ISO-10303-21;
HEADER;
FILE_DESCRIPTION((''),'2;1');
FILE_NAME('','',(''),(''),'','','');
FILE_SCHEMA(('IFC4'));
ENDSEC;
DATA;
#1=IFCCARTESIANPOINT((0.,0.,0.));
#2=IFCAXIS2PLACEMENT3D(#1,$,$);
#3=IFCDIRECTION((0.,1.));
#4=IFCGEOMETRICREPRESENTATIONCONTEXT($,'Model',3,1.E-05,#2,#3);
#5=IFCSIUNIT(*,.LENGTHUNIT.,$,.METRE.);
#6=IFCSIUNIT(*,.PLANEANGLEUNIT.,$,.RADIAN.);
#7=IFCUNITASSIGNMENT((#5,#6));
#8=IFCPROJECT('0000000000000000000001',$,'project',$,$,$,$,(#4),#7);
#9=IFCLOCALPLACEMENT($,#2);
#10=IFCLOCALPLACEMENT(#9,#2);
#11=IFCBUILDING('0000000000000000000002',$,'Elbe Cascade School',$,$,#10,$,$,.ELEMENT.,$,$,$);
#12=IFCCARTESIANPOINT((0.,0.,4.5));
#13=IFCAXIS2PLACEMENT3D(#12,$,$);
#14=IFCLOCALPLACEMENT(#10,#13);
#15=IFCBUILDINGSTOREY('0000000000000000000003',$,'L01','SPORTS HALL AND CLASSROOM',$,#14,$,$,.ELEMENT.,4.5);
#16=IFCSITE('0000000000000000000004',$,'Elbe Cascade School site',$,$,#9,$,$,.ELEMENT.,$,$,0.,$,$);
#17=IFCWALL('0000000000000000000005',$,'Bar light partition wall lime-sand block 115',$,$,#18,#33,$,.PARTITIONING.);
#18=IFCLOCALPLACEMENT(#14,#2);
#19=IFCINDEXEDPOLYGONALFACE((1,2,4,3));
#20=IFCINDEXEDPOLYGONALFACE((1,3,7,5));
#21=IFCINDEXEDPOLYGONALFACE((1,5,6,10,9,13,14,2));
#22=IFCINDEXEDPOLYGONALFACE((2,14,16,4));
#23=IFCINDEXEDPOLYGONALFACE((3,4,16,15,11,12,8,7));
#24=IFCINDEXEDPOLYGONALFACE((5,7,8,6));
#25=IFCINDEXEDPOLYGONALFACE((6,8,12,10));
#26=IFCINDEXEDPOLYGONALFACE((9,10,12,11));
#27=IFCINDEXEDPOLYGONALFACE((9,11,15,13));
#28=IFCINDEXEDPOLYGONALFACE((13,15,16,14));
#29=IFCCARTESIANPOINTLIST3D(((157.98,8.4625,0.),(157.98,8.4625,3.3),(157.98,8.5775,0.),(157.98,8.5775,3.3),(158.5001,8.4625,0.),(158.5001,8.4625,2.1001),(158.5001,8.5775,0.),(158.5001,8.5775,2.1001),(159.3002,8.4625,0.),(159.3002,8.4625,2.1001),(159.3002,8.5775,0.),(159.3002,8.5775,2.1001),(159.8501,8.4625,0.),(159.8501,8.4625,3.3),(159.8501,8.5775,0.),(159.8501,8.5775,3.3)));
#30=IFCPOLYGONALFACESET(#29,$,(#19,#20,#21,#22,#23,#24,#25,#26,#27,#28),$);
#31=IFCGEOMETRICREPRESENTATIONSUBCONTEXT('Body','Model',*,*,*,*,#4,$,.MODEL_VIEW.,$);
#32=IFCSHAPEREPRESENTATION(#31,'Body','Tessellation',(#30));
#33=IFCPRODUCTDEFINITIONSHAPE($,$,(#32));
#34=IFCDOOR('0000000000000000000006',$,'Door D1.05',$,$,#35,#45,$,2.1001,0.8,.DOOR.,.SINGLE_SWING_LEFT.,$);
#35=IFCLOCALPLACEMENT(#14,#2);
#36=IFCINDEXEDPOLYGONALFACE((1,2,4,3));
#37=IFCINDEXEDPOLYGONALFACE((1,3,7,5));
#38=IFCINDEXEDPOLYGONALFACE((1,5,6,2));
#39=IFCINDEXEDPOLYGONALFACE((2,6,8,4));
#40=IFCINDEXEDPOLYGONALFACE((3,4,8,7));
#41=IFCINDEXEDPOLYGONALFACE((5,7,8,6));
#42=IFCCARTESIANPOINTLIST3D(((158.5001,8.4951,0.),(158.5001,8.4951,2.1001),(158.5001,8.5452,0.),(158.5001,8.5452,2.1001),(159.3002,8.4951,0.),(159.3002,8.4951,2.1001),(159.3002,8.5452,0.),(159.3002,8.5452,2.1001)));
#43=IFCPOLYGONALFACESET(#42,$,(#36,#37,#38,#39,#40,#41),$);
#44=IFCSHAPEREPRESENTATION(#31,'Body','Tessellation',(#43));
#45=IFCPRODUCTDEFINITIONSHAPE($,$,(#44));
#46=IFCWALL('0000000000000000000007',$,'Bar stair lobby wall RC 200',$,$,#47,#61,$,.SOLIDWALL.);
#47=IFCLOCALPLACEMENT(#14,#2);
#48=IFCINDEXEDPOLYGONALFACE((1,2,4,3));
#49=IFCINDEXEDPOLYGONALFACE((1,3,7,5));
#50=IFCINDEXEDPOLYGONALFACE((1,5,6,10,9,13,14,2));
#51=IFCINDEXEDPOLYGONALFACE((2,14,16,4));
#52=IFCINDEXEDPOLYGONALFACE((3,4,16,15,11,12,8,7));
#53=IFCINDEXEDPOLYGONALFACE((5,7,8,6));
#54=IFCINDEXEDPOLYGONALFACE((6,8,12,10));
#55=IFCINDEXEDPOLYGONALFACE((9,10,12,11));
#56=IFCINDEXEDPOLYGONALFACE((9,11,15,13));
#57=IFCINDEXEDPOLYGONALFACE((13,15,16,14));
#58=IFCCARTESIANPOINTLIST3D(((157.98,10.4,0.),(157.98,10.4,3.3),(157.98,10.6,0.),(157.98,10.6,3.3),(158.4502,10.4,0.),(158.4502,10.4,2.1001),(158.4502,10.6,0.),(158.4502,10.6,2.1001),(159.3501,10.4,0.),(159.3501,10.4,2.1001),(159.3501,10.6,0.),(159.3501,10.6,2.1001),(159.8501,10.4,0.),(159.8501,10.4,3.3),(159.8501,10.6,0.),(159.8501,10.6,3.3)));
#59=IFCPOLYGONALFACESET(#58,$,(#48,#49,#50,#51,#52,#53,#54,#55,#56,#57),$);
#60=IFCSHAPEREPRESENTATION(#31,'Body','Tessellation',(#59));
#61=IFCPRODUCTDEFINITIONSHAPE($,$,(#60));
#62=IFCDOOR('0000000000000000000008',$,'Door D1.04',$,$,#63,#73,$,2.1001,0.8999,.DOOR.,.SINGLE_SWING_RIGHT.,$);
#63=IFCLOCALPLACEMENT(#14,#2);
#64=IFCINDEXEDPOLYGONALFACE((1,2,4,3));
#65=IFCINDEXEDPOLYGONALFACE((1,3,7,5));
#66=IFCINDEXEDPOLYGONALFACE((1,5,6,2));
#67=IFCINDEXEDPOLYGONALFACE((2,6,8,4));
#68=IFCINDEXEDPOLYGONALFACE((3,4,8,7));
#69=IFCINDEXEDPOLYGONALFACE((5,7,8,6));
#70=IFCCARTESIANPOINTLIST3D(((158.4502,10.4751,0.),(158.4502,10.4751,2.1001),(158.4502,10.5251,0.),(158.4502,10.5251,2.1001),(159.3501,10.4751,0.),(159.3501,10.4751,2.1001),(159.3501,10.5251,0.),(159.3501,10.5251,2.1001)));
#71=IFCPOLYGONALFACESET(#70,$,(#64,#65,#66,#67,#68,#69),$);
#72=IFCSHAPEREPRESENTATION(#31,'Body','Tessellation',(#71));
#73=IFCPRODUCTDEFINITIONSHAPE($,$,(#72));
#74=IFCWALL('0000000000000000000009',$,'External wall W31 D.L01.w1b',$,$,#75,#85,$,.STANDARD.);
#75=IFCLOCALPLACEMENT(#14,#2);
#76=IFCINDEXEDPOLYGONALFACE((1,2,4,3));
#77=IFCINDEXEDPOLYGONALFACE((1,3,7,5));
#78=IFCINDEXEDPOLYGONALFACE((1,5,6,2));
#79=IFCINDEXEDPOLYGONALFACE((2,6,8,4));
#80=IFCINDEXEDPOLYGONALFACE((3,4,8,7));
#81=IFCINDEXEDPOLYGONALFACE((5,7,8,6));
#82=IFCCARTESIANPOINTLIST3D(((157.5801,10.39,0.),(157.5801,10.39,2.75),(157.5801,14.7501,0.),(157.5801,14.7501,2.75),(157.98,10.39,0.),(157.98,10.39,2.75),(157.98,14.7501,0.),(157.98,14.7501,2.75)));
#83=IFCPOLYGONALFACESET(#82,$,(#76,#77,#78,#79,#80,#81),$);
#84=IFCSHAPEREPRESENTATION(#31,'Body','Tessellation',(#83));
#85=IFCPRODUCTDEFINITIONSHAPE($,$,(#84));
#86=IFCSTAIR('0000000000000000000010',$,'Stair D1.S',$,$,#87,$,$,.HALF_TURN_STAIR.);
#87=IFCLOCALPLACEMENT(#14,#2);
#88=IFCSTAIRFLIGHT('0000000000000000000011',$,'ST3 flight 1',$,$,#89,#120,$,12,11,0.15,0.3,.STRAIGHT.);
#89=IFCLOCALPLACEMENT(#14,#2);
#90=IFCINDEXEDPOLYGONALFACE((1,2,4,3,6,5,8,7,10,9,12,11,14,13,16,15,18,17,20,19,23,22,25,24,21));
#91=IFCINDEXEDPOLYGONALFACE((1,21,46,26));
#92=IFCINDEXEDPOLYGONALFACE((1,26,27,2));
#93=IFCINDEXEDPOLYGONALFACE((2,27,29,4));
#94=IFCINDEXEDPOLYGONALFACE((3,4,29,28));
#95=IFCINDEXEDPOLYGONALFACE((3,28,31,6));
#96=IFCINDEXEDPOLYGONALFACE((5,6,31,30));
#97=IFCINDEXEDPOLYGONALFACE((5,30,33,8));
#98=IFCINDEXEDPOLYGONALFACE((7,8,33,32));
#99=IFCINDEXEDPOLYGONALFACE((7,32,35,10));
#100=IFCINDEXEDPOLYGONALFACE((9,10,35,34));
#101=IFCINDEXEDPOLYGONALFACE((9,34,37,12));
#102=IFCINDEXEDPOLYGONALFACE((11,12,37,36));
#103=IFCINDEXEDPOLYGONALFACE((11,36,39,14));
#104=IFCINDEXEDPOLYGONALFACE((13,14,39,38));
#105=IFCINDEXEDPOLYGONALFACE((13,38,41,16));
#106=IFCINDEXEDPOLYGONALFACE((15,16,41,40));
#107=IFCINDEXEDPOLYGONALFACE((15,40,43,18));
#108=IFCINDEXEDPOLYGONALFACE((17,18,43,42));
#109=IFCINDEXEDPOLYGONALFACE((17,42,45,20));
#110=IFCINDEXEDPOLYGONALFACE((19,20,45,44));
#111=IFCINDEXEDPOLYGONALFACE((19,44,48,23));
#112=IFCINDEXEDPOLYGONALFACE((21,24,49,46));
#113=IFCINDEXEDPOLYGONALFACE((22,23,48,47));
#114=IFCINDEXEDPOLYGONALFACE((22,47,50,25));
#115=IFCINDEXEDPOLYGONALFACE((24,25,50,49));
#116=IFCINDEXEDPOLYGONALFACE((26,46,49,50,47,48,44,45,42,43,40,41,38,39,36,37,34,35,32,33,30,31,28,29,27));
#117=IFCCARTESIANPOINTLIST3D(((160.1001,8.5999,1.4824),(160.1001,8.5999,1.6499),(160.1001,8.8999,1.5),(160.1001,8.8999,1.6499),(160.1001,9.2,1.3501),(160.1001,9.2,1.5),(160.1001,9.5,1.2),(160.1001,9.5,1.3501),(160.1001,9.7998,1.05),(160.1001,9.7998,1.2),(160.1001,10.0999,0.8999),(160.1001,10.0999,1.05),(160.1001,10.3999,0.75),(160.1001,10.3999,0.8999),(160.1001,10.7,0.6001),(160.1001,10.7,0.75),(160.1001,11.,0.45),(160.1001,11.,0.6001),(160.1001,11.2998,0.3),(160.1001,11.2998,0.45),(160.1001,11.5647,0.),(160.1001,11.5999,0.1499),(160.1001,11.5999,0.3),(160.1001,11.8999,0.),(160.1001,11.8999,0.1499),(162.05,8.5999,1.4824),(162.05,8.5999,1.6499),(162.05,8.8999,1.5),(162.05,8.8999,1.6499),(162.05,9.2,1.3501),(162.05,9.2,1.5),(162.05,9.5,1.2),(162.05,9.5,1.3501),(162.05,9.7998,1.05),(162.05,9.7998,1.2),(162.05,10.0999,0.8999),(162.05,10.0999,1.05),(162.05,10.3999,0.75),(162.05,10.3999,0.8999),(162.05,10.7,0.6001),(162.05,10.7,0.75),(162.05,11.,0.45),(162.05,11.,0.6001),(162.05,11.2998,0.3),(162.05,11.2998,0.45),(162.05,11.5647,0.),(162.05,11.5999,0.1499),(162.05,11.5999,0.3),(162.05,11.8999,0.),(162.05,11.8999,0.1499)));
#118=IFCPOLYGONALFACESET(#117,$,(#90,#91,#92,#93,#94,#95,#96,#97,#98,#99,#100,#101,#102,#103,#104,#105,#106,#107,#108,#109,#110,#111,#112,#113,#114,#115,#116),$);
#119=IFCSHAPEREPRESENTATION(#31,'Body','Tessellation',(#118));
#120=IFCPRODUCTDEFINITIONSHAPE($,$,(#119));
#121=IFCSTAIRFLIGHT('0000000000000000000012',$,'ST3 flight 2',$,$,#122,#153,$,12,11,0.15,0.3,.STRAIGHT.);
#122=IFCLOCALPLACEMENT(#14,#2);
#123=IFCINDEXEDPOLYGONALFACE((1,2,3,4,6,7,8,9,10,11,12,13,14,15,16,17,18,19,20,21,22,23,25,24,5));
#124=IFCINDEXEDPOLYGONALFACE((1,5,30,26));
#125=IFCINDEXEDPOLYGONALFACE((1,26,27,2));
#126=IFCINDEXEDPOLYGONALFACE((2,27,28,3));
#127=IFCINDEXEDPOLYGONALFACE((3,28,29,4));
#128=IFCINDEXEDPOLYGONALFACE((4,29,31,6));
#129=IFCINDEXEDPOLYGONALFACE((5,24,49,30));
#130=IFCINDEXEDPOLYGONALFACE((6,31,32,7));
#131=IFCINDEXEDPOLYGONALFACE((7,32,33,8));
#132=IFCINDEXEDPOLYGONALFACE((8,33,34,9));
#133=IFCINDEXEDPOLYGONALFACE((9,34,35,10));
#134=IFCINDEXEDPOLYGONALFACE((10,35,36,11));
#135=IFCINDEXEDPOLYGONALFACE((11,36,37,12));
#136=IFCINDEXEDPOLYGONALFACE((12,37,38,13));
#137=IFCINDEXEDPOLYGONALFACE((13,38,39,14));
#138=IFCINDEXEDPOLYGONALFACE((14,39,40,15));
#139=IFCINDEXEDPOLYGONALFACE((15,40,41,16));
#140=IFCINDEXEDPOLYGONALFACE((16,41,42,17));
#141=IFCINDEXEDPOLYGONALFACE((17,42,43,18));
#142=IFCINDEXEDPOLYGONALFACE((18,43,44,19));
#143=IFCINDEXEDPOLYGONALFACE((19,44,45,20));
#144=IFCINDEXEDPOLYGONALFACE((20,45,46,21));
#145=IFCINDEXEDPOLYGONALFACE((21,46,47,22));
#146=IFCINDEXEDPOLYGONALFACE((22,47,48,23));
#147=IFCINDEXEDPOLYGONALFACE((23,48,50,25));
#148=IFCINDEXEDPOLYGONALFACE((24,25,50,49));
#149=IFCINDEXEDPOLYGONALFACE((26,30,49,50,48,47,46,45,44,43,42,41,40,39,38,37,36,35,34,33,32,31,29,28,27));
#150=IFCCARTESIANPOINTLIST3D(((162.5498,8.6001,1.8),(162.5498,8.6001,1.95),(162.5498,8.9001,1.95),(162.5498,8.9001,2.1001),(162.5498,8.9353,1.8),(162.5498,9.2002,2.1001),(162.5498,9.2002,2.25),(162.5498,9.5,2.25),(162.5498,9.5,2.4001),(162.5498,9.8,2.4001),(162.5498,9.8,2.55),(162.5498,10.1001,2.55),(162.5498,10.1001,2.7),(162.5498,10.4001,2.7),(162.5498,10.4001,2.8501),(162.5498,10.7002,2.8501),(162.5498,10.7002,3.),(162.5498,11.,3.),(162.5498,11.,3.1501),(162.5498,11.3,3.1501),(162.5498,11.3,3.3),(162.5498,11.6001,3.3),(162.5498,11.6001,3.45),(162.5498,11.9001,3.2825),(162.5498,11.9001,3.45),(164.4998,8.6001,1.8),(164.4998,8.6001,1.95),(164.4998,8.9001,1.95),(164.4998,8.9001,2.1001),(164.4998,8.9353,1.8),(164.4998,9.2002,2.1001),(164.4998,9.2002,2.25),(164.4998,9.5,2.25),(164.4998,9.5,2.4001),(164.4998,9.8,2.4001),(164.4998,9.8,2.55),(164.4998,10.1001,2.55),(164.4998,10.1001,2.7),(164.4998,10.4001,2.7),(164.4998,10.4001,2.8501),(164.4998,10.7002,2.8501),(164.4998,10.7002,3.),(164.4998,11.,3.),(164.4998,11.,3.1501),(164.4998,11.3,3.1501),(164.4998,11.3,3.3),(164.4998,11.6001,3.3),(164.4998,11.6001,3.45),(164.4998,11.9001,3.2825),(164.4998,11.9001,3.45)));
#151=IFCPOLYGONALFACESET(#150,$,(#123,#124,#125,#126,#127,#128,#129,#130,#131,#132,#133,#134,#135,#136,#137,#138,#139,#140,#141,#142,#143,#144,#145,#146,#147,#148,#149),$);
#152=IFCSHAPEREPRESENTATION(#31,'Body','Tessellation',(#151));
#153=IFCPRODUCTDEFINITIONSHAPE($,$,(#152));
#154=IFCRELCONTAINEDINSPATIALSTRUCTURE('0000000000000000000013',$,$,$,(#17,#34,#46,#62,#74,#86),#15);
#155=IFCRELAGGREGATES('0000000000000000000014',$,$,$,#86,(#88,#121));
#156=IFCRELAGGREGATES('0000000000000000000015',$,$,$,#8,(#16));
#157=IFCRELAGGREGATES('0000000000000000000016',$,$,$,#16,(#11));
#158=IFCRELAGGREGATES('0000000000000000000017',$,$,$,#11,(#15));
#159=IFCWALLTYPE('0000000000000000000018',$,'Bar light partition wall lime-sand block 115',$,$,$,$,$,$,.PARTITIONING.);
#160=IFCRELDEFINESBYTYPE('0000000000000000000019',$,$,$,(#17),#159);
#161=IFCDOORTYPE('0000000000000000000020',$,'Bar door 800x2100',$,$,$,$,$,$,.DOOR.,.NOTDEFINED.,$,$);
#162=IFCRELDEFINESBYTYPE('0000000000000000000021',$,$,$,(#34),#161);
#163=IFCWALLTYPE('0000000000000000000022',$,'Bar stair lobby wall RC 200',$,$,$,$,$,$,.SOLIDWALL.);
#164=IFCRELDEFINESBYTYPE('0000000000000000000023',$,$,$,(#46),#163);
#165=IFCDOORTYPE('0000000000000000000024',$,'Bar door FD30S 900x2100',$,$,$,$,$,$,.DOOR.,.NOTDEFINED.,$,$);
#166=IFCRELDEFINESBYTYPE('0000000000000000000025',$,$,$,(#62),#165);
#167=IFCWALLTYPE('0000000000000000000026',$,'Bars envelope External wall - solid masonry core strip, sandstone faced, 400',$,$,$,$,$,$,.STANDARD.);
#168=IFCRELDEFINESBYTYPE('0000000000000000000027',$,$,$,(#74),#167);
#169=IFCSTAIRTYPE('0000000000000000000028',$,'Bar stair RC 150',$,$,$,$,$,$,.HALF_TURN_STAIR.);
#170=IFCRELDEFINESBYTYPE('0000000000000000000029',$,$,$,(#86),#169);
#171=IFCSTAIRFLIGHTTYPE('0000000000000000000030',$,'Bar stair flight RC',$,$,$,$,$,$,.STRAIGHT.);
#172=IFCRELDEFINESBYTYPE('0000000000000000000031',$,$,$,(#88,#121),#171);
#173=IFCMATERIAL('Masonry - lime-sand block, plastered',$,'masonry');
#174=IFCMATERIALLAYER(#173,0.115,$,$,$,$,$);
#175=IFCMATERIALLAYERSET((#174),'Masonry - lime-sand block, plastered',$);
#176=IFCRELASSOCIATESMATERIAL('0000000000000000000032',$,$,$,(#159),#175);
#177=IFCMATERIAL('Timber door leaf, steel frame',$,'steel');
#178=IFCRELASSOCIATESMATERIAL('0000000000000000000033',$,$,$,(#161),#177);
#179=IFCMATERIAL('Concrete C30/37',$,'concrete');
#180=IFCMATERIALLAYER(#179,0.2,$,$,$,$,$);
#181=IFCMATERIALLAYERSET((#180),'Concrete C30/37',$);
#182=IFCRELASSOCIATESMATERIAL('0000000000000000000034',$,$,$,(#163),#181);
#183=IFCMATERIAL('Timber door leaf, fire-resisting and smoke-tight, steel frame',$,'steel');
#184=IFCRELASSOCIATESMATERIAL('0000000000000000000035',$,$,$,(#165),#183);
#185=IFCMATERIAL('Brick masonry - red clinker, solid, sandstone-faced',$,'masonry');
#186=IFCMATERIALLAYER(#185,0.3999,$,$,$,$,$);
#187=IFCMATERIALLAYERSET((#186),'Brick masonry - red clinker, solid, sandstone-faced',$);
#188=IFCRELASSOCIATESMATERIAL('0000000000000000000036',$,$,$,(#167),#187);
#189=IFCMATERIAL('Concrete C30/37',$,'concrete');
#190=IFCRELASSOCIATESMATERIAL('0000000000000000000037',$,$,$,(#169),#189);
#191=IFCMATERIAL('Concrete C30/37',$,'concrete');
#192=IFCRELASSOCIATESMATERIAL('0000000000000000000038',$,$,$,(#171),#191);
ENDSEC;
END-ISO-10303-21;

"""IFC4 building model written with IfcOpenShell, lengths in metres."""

from ifc_helpers import new_model, si_unit, direction, frame, frame_2d, origin, place, context, subcontext, project, spatial, polyline, rectangle, outline, extrude, material, layer, layer_set, type_object, element, fill, aggregate, save


model = new_model("IFC4")

# Units and contexts
model_context = context("Model", 3, precision=1e-05, world=origin(), true_north=direction((0.0, 1.0)))
body_context = subcontext(model_context, "Body", "Model", "MODEL_VIEW")
ifc_project = project(units=[si_unit("LENGTHUNIT", "METRE"), si_unit("PLANEANGLEUNIT", "RADIAN")], contexts=[model_context])

# Site, building, storey
site_placement = place(None, origin())
site = spatial("IfcSite", under=ifc_project, at=site_placement, Name="Elbe Cascade School site", CompositionType="ELEMENT", RefElevation=0.0)
building_placement = place(site_placement, origin())
building = spatial("IfcBuilding", under=site, at=building_placement, Name="Elbe Cascade School", CompositionType="ELEMENT")
storey_placement = place(building_placement, frame((0.0, 0.0, 4.5)))
storey = spatial("IfcBuildingStorey", under=building, at=storey_placement, Name="L01", Description="SPORTS HALL AND CLASSROOM", CompositionType="ELEMENT", Elevation=4.5)

# Walls, openings, doors
ifc_material_1 = material(Name="Masonry - lime-sand block, plastered", Category="masonry")
ifc_layer_1 = layer(ifc_material_1, 0.115)
ifc_layer_set_1 = layer_set([ifc_layer_1], Name="Masonry - lime-sand block, plastered")
wall_type_1 = type_object("IfcWallType", Name="Bar light partition wall lime-sand block 115", PredefinedType="PARTITIONING", material=ifc_layer_set_1)
wall_1_placement = place(storey_placement, frame((159.8501, 8.52, 0.0), z_axis=(0.0, 0.0, 1.0), x_axis=(-1.0, 0.0, 0.0)))
wall_1 = element("IfcWall", 1, at=wall_1_placement, inside=storey, type_object=wall_type_1, Name="Bar light partition wall lime-sand block 115", PredefinedType="PARTITIONING", context=body_context, shape_type="SweptSolid", body=[
    extrude(rectangle(XDim=1.8701, YDim=0.115, at=frame_2d((0.9351, 0.0))), origin(), (0.0, 0.0, 1.0), 3.3),
])
opening_1_placement = place(wall_1_placement, frame((0.55, 0.0, 0.0)))
opening_1 = element("IfcOpeningElement", 2, at=opening_1_placement, cuts=wall_1, PredefinedType="OPENING", context=body_context, shape_type="SweptSolid", body=[
    extrude(rectangle(XDim=0.8, YDim=2.1001, at=frame_2d((0.3999, 1.05))), frame((0.0, 0.0674, 0.0), z_axis=(0.0, -1.0, 0.0), x_axis=(1.0, 0.0, 0.0)), (0.0, 0.0, 1.0), 0.135),
])
ifc_material_2 = material(Name="Timber door leaf, steel frame", Category="steel")
door_type_1 = type_object("IfcDoorType", Name="Bar door 800x2100", OperationType="NOTDEFINED", PredefinedType="DOOR", material=ifc_material_2)
door_1_placement = place(opening_1_placement, origin())
door_1 = element("IfcDoor", 3, at=door_1_placement, inside=storey, type_object=door_type_1, Name="Door D1.05", OperationType="SINGLE_SWING_LEFT", OverallHeight=2.1001, OverallWidth=0.8, PredefinedType="DOOR", context=body_context, shape_type="SweptSolid", body=[
    extrude(rectangle(XDim=0.8, YDim=2.1001, at=frame_2d((0.3999, 1.05))), frame((0.0, 0.0249, 0.0), z_axis=(0.0, -1.0, 0.0), x_axis=(1.0, 0.0, 0.0)), (0.0, 0.0, 1.0), 0.05),
])
fill(opening_1, door_1)
ifc_material_3 = material(Name="Concrete C30/37", Category="concrete")
ifc_layer_2 = layer(ifc_material_3, 0.2)
ifc_layer_set_2 = layer_set([ifc_layer_2], Name="Concrete C30/37")
wall_type_2 = type_object("IfcWallType", Name="Bar stair lobby wall RC 200", PredefinedType="SOLIDWALL", material=ifc_layer_set_2)
wall_2_placement = place(storey_placement, frame((159.8501, 10.5, 0.0), z_axis=(0.0, 0.0, 1.0), x_axis=(-1.0, 0.0, 0.0)))
wall_2 = element("IfcWall", 4, at=wall_2_placement, inside=storey, type_object=wall_type_2, Name="Bar stair lobby wall RC 200", PredefinedType="SOLIDWALL", context=body_context, shape_type="SweptSolid", body=[
    extrude(rectangle(XDim=1.8701, YDim=0.2, at=frame_2d((0.9351, 0.0))), origin(), (0.0, 0.0, 1.0), 3.3),
])
opening_2_placement = place(wall_2_placement, frame((0.5, 0.0, 0.0)))
opening_2 = element("IfcOpeningElement", 5, at=opening_2_placement, cuts=wall_2, PredefinedType="OPENING", context=body_context, shape_type="SweptSolid", body=[
    extrude(rectangle(XDim=0.8999, YDim=2.1001, at=frame_2d((0.45, 1.05))), frame((0.0, 0.1099, 0.0), z_axis=(0.0, -1.0, 0.0), x_axis=(1.0, 0.0, 0.0)), (0.0, 0.0, 1.0), 0.22),
])
ifc_material_4 = material(Name="Timber door leaf, fire-resisting and smoke-tight, steel frame", Category="steel")
door_type_2 = type_object("IfcDoorType", Name="Bar door FD30S 900x2100", OperationType="NOTDEFINED", PredefinedType="DOOR", material=ifc_material_4)
door_2_placement = place(opening_2_placement, origin())
door_2 = element("IfcDoor", 6, at=door_2_placement, inside=storey, type_object=door_type_2, Name="Door D1.04", OperationType="SINGLE_SWING_RIGHT", OverallHeight=2.1001, OverallWidth=0.8999, PredefinedType="DOOR", context=body_context, shape_type="SweptSolid", body=[
    extrude(rectangle(XDim=0.8999, YDim=2.1001, at=frame_2d((0.45, 1.05))), frame((0.0, 0.0249, 0.0), z_axis=(0.0, -1.0, 0.0), x_axis=(1.0, 0.0, 0.0)), (0.0, 0.0, 1.0), 0.05),
])
fill(opening_2, door_2)

# Wall
ifc_material_5 = material(Name="Brick masonry - red clinker, solid, sandstone-faced", Category="masonry")
ifc_layer_3 = layer(ifc_material_5, 0.3999)
ifc_layer_set_3 = layer_set([ifc_layer_3], Name="Brick masonry - red clinker, solid, sandstone-faced")
wall_type_3 = type_object("IfcWallType", Name="Bars envelope External wall - solid masonry core strip, sandstone faced, 400", PredefinedType="STANDARD", material=ifc_layer_set_3)
wall_3_placement = place(storey_placement, frame((157.78, 10.3899, 0.0), z_axis=(0.0, 0.0, 1.0), x_axis=(0.0, 1.0, 0.0)))
element("IfcWall", 7, at=wall_3_placement, inside=storey, type_object=wall_type_3, Name="External wall W31 D.L01.w1b", PredefinedType="STANDARD", context=body_context, shape_type="SweptSolid", body=[
    extrude(rectangle(XDim=4.3601, YDim=0.3999, at=frame_2d((2.1802, 0.0))), origin(), (0.0, 0.0, 1.0), 2.75),
])

# Stair, stair flights
ifc_material_6 = material(Name="Concrete C30/37", Category="concrete")
stair_type = type_object("IfcStairType", Name="Bar stair RC 150", PredefinedType="HALF_TURN_STAIR", material=ifc_material_6)
stair_placement = place(storey_placement, origin())
stair = element("IfcStair", 8, at=stair_placement, inside=storey, type_object=stair_type, Name="Stair D1.S", PredefinedType="HALF_TURN_STAIR")
ifc_material_7 = material(Name="Concrete C30/37", Category="concrete")
stair_flight_type = type_object("IfcStairFlightType", Name="Bar stair flight RC", PredefinedType="STRAIGHT", material=ifc_material_7)
stair_flight_1_placement = place(storey_placement, frame((161.075, 11.8999, 0.0), z_axis=(0.0, 0.0, 1.0), x_axis=(0.0, -1.0, 0.0)))
stair_flight_1 = element("IfcStairFlight", 9, at=stair_flight_1_placement, type_object=stair_flight_type, Name="ST3 flight 1", NumberOfRisers=12, NumberOfTreads=11, PredefinedType="STRAIGHT", RiserHeight=0.15, TreadLength=0.3, context=body_context, shape_type="SweptSolid", body=[
    extrude(outline(polyline([(0.0, 0.0), (0.0, 0.1499), (0.3, 0.1499), (0.3, 0.3), (0.6001, 0.3), (0.6001, 0.45), (0.8999, 0.45), (0.8999, 0.6001), (1.2, 0.6001), (1.2, 0.75), (1.5, 0.75), (1.5, 0.8999), (1.8, 0.8999), (1.8, 1.05), (2.1001, 1.05), (2.1001, 1.2), (2.3999, 1.2), (2.3999, 1.3501), (2.7, 1.3501), (2.7, 1.5), (3.0, 1.5), (3.0, 1.6499), (3.3, 1.6499), (3.3, 1.8), (3.3, 1.4824), (0.3352, 0.0), (0.0, 0.0)])), frame((0.0, 0.9751, 0.0), z_axis=(0.0, -1.0, 0.0), x_axis=(1.0, 0.0, 0.0)), (0.0, 0.0, 1.0), 1.95),
])
stair_flight_2_placement = place(storey_placement, frame((163.5249, 8.6001, 1.8), z_axis=(0.0, 0.0, 1.0), x_axis=(0.0, 1.0, 0.0)))
stair_flight_2 = element("IfcStairFlight", 10, at=stair_flight_2_placement, type_object=stair_flight_type, Name="ST3 flight 2", NumberOfRisers=12, NumberOfTreads=11, PredefinedType="STRAIGHT", RiserHeight=0.15, TreadLength=0.3, context=body_context, shape_type="SweptSolid", body=[
    extrude(outline(polyline([(0.0, 0.0), (0.0, 0.1499), (0.3, 0.1499), (0.3, 0.3), (0.6001, 0.3), (0.6001, 0.45), (0.8999, 0.45), (0.8999, 0.6001), (1.2, 0.6001), (1.2, 0.75), (1.5, 0.75), (1.5, 0.8999), (1.8, 0.8999), (1.8, 1.05), (2.1001, 1.05), (2.1001, 1.2), (2.3999, 1.2), (2.3999, 1.3501), (2.7, 1.3501), (2.7, 1.5), (3.0, 1.5), (3.0, 1.6499), (3.3, 1.6499), (3.3, 1.8), (3.3, 1.4824), (0.3352, 0.0), (0.0, 0.0)])), frame((0.0, 0.9751, 0.0), z_axis=(0.0, -1.0, 0.0), x_axis=(1.0, 0.0, 0.0)), (0.0, 0.0, 1.0), 1.95),
])
aggregate(stair, [stair_flight_1, stair_flight_2])

save(model, "model.ifc")
